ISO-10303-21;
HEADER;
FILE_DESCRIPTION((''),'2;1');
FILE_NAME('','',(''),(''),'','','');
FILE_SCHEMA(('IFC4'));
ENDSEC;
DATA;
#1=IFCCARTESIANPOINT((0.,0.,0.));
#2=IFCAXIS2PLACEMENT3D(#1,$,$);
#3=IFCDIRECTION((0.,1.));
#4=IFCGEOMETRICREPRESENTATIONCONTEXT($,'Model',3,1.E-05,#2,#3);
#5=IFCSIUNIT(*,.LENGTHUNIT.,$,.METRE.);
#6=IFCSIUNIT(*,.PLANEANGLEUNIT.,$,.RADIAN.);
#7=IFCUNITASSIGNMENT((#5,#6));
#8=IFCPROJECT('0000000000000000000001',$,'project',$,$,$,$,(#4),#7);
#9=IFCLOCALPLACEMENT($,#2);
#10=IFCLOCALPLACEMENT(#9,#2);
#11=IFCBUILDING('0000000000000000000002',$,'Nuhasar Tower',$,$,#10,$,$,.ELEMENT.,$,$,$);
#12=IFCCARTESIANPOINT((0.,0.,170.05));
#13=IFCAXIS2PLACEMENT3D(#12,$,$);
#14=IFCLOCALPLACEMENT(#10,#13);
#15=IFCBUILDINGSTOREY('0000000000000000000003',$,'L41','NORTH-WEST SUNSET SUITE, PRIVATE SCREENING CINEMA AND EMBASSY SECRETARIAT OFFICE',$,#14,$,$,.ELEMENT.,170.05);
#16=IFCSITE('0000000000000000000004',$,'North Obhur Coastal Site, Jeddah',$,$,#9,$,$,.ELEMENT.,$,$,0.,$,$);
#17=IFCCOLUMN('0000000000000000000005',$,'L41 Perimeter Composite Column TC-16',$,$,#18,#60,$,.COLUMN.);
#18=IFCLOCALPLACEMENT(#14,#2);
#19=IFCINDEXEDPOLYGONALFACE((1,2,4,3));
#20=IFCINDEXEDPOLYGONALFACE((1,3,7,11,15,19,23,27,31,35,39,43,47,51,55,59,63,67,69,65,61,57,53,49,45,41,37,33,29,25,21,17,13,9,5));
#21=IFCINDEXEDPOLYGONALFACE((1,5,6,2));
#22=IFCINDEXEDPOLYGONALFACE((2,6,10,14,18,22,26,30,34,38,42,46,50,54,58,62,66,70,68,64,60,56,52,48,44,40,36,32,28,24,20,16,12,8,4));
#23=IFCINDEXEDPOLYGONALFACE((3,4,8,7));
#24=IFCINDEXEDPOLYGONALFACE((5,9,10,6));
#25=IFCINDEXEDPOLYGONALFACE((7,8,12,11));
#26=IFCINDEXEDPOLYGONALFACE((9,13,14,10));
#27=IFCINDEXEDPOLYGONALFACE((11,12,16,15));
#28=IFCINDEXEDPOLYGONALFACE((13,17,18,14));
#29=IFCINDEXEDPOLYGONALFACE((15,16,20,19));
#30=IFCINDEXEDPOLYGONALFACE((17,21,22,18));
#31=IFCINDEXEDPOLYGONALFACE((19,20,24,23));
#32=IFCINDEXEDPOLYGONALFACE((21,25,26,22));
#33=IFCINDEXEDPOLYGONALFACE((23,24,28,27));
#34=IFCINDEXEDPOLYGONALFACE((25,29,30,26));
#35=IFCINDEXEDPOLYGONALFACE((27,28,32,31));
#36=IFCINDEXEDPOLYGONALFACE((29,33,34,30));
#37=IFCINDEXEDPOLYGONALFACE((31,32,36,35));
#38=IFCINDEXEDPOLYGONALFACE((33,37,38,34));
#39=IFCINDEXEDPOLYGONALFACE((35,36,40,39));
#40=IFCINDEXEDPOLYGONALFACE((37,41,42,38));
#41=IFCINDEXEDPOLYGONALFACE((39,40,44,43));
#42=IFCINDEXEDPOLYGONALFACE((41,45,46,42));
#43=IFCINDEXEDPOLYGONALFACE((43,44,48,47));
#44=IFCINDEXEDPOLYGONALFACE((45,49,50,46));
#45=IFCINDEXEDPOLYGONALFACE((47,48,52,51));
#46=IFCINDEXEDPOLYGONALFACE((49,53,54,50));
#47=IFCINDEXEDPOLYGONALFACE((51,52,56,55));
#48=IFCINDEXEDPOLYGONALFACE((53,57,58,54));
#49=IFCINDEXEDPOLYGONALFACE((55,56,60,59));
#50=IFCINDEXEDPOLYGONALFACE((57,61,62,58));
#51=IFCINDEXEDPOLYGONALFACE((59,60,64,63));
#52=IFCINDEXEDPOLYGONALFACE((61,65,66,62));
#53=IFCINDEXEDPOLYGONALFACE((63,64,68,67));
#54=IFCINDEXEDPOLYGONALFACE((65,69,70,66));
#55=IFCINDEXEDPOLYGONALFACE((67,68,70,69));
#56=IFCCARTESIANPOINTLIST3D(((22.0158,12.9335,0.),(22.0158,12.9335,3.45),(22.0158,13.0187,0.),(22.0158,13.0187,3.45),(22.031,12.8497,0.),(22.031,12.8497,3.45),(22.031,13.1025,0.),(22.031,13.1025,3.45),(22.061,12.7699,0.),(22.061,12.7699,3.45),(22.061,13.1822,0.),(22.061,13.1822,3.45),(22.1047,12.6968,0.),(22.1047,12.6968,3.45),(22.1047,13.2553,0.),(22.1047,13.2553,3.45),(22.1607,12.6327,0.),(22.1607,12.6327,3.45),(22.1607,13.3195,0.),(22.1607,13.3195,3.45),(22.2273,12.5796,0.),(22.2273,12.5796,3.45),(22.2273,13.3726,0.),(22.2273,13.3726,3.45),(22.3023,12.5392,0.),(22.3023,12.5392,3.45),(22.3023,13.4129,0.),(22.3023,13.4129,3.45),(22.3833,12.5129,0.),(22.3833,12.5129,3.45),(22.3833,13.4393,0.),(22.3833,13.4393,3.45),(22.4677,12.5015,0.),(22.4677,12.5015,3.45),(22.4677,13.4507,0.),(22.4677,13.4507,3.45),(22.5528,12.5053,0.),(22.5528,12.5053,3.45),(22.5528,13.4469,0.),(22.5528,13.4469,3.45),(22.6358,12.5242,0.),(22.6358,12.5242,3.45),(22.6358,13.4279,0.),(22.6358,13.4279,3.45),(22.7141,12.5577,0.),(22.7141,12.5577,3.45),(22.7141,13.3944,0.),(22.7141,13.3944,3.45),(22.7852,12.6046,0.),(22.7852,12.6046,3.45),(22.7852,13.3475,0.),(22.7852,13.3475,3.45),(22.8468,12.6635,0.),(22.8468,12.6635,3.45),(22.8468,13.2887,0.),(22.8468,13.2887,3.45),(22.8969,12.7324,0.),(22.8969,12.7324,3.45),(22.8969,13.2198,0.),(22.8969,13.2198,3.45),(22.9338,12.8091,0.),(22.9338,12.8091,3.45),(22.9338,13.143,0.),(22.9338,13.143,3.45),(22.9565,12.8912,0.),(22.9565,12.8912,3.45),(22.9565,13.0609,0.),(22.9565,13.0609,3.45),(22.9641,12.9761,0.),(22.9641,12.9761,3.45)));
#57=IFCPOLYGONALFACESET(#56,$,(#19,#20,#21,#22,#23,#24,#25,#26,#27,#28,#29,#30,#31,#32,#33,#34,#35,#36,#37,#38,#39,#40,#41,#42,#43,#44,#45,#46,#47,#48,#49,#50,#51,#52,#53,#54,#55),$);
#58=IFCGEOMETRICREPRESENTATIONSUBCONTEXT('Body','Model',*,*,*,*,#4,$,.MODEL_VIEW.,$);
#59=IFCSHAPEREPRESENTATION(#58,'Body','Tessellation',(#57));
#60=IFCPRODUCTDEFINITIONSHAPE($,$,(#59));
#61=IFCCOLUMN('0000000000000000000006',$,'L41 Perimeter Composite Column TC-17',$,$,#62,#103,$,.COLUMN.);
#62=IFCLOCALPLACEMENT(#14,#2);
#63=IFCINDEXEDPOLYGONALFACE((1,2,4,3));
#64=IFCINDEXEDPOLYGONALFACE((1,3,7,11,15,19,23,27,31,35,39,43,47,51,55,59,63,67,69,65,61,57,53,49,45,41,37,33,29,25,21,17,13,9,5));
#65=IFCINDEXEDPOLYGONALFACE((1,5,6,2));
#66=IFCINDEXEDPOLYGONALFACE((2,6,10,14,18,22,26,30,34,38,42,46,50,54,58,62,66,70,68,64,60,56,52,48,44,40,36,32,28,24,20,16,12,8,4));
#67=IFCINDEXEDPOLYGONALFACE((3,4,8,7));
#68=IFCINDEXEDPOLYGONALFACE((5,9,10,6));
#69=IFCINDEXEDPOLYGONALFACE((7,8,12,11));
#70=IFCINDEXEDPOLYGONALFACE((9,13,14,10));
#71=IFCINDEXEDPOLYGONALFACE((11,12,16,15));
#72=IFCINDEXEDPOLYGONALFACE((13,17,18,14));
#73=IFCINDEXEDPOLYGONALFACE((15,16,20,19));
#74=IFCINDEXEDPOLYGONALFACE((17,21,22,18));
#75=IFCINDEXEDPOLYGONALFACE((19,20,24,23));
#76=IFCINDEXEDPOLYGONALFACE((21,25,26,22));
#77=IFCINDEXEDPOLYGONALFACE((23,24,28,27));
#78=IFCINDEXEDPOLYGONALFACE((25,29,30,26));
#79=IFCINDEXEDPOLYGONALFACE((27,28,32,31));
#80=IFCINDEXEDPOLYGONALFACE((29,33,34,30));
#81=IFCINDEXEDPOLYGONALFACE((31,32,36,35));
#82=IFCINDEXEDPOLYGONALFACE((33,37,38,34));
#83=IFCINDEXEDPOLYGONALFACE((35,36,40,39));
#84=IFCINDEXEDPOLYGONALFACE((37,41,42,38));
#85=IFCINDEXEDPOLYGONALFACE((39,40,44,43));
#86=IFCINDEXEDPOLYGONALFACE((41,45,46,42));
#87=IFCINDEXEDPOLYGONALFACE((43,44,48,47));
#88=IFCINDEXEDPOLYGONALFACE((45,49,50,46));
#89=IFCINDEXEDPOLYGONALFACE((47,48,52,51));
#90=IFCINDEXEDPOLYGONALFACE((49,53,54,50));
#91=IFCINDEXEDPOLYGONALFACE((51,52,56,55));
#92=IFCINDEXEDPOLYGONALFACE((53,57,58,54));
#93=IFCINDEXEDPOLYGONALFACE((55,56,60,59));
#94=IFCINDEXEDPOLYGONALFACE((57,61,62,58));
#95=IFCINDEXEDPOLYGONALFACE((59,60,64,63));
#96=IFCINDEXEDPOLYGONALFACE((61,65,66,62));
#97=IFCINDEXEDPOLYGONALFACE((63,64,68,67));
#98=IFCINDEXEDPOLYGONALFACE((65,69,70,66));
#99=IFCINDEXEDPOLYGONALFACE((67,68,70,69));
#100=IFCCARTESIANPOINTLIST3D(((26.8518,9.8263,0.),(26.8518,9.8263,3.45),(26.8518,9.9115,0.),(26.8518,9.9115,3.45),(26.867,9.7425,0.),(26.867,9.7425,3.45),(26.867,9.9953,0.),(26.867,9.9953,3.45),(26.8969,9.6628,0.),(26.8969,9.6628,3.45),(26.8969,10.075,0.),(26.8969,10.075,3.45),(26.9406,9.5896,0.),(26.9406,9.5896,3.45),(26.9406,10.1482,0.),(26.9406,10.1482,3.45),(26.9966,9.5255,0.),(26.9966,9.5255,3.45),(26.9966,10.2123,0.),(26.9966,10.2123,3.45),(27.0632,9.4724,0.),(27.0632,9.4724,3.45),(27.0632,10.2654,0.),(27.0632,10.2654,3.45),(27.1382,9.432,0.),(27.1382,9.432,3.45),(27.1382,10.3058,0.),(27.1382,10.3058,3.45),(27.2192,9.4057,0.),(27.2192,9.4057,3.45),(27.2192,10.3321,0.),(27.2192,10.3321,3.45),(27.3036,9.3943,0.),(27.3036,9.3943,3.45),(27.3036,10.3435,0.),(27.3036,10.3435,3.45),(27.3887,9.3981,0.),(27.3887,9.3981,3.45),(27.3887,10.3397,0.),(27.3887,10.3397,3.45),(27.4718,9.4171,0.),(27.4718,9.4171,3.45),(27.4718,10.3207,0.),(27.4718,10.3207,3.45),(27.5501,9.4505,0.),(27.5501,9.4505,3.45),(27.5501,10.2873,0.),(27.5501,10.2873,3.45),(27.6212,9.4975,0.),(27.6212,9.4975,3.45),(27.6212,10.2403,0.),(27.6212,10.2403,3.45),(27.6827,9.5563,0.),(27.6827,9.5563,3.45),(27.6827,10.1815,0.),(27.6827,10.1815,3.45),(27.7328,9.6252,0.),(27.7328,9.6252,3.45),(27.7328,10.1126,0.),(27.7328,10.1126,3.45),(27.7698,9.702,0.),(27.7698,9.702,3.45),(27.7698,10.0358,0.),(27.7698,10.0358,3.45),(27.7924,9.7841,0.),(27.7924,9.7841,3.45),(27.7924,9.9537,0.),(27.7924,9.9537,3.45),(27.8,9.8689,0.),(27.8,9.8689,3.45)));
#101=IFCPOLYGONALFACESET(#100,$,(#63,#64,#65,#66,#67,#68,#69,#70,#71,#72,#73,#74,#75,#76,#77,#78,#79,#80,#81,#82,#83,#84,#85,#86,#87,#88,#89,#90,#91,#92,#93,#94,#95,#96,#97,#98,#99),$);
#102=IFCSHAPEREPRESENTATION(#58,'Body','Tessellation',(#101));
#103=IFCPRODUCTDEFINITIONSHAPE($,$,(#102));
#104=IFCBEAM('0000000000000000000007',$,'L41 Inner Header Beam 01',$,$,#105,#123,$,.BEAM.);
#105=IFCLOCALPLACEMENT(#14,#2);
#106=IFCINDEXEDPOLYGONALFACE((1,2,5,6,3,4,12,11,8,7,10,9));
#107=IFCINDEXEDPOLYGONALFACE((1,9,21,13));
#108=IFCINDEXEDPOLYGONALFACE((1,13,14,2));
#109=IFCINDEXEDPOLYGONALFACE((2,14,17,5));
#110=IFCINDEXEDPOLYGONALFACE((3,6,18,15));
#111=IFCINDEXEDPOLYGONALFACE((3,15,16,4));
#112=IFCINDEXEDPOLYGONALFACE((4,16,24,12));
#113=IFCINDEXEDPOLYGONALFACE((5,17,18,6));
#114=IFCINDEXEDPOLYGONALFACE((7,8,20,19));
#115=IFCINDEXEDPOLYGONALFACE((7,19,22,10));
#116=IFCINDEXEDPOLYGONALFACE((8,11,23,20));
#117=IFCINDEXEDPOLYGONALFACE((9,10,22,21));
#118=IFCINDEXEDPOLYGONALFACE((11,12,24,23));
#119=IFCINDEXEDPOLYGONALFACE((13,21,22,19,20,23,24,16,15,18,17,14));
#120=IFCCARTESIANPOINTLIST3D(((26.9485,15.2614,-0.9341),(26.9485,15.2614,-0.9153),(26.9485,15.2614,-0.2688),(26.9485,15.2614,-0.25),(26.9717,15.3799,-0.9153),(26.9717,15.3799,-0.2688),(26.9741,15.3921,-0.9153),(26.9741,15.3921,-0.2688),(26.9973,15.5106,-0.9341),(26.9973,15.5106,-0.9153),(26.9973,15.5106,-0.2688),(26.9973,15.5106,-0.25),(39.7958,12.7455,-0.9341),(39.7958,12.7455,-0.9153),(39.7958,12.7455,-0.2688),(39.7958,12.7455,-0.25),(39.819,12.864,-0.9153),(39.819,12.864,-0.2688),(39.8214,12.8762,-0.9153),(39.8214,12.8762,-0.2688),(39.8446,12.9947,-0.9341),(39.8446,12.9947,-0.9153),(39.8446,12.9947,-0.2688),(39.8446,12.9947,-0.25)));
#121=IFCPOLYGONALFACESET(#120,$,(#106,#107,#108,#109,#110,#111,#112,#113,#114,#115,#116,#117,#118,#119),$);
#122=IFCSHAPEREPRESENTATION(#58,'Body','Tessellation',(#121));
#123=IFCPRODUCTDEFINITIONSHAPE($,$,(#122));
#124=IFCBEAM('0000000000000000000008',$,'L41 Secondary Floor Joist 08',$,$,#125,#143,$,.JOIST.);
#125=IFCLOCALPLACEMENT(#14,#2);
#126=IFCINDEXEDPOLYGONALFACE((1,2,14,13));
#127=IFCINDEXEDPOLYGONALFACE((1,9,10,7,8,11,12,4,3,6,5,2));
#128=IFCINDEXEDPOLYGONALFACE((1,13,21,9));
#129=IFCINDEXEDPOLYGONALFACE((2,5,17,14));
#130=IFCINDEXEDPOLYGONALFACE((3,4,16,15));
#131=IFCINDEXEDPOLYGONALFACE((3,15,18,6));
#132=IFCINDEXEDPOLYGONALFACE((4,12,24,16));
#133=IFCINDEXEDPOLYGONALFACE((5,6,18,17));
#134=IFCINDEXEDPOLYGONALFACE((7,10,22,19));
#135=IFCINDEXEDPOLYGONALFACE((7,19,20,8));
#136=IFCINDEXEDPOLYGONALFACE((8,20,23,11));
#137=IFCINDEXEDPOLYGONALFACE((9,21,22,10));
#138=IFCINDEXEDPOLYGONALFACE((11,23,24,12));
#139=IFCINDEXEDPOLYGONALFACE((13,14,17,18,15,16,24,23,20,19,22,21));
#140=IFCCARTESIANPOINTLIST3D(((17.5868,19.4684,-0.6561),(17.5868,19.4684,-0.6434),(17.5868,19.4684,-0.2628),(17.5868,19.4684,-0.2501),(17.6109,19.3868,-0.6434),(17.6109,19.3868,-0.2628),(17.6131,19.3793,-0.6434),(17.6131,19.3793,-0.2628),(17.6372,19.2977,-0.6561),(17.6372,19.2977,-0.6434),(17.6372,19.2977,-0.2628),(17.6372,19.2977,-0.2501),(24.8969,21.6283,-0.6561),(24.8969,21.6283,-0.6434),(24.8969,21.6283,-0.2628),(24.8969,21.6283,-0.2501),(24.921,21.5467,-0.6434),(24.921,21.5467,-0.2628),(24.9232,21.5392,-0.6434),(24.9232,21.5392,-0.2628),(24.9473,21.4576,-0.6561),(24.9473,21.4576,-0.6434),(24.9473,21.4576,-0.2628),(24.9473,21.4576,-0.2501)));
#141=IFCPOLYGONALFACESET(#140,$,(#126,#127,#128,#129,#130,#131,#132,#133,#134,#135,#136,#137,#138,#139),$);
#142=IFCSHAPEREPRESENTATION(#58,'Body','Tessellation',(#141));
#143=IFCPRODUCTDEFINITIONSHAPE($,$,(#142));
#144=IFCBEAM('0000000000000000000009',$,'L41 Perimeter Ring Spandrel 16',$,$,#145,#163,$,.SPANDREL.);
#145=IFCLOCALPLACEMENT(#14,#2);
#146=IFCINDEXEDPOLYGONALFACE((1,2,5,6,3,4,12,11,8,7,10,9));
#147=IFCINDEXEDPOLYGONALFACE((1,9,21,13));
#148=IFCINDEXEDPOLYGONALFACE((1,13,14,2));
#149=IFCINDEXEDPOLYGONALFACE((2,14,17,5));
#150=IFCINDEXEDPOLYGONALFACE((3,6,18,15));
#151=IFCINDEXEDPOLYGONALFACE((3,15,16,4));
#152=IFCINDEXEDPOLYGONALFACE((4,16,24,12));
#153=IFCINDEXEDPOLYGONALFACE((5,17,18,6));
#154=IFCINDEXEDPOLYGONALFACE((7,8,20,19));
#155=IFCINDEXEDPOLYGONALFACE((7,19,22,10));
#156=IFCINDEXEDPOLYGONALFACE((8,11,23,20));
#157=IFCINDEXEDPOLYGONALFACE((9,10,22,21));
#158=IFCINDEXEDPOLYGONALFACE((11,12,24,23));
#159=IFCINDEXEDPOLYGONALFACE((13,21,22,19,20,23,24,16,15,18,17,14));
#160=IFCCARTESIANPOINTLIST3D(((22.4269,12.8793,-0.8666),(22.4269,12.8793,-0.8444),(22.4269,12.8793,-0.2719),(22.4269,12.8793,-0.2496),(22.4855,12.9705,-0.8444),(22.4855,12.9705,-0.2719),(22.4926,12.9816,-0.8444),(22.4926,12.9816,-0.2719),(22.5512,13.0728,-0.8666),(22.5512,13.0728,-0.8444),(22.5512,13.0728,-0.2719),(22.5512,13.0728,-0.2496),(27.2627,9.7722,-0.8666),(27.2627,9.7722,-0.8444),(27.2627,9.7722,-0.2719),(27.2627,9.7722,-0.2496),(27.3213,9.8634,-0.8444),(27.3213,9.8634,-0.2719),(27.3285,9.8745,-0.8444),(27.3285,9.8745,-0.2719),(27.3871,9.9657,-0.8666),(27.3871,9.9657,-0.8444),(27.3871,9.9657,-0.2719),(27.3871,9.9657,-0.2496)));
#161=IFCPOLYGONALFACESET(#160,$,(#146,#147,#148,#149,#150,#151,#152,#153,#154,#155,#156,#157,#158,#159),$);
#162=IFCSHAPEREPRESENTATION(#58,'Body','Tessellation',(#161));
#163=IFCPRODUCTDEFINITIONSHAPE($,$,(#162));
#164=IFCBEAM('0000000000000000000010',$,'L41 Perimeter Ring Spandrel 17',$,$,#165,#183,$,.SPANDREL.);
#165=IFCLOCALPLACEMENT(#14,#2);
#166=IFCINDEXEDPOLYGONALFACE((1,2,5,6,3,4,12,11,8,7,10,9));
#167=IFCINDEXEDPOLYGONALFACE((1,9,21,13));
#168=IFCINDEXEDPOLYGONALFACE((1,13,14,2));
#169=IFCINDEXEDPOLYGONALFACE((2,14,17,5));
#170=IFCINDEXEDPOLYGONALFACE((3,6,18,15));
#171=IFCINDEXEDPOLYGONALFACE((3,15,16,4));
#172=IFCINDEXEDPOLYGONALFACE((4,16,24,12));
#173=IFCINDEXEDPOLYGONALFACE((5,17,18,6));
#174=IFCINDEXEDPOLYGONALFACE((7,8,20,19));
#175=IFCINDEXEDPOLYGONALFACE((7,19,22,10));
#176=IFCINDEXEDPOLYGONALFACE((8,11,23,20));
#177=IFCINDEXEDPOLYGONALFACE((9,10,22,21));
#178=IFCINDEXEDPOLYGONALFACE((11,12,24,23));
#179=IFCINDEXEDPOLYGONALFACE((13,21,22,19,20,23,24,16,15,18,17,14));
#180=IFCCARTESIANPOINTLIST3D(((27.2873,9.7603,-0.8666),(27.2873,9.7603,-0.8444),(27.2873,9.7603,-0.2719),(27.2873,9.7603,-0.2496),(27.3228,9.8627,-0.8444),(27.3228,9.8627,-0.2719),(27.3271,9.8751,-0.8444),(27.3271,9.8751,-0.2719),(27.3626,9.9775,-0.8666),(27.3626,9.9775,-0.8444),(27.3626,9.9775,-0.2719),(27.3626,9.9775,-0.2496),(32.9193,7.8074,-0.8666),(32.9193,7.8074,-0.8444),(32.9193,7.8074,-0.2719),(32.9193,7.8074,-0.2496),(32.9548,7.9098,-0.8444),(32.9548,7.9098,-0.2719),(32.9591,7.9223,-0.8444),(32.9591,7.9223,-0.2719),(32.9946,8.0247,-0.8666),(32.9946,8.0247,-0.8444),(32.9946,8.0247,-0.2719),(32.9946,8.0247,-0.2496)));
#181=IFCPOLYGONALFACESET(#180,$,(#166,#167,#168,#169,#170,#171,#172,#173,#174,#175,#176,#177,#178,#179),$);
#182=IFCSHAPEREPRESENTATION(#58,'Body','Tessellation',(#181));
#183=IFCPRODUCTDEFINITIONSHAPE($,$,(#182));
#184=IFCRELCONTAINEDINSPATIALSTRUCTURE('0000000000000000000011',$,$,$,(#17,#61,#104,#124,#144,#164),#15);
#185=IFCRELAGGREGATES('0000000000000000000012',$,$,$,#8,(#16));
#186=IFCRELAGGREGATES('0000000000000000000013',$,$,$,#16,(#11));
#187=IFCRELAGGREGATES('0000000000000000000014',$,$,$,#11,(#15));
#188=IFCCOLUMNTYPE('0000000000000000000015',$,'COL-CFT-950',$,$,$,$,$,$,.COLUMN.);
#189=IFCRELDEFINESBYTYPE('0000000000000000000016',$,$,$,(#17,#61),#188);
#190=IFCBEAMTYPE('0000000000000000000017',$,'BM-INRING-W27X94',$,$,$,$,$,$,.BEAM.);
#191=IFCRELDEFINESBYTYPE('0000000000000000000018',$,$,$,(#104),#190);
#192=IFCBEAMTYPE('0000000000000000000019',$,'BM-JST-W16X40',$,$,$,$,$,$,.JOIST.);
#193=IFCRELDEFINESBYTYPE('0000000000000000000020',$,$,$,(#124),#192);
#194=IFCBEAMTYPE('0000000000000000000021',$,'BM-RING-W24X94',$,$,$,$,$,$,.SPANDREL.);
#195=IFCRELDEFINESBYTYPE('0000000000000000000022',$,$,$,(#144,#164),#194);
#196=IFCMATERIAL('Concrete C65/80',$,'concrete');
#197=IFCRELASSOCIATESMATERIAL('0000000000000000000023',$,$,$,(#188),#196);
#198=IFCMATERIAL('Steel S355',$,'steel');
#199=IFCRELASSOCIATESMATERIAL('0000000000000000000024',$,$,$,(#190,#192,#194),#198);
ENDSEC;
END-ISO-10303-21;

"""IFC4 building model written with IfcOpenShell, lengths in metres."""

from ifc_helpers import new_model, si_unit, direction, frame, origin, origin_2d, place, context, subcontext, project, spatial, circle, i_section, extrude, material, material_profile, profile_set, type_object, element, save


model = new_model("IFC4")

# Units and contexts
model_context = context("Model", 3, precision=1e-05, world=origin(), true_north=direction((0.0, 1.0)))
body_context = subcontext(model_context, "Body", "Model", "MODEL_VIEW")
ifc_project = project(units=[si_unit("LENGTHUNIT", "METRE"), si_unit("PLANEANGLEUNIT", "RADIAN")], contexts=[model_context])

# Site, building, storey
site_placement = place(None, origin())
site = spatial("IfcSite", under=ifc_project, at=site_placement, Name="North Obhur Coastal Site, Jeddah", CompositionType="ELEMENT", RefElevation=0.0)
building_placement = place(site_placement, origin())
building = spatial("IfcBuilding", under=site, at=building_placement, Name="Nuhasar Tower", CompositionType="ELEMENT")
storey_placement = place(building_placement, frame((0.0, 0.0, 170.05)))
storey = spatial("IfcBuildingStorey", under=building, at=storey_placement, Name="L41", Description="NORTH-WEST SUNSET SUITE, PRIVATE SCREENING CINEMA AND EMBASSY SECRETARIAT OFFICE", CompositionType="ELEMENT", Elevation=170.05)

# Columns
ifc_material_1 = material(Name="Concrete C65/80", Category="concrete")
ifc_material_profile_1 = material_profile(ifc_material_1, circle(Radius=0.4751, at=origin_2d()), Name="CFT950")
ifc_profile_set_1 = profile_set([ifc_material_profile_1], Name="Concrete C65/80")
column_type = type_object("IfcColumnType", Name="COL-CFT-950", PredefinedType="COLUMN", material=ifc_profile_set_1)
for number, where, z_axis, x_axis, name in (
    (1, (22.489, 12.9761, 0.0), (0.0, 0.0, 1.0), (1.0, 0.0, 0.0), "L41 Perimeter Composite Column TC-16"),
    (2, (27.325, 9.8689, 0.0), (0.0, 0.0, 1.0), (1.0, 0.0, 0.0), "L41 Perimeter Composite Column TC-17"),
):
    element("IfcColumn", number, at=place(storey_placement, frame(where, z_axis=z_axis, x_axis=x_axis)), inside=storey, type_object=column_type, Name=name, PredefinedType="COLUMN", context=body_context, shape_type="SweptSolid", body=[
        extrude(circle(Radius=0.4751, at=origin_2d()), origin(), (0.0, 0.0, 1.0), 3.45),
    ])

# Beams
ifc_material_2 = material(Name="Steel S355", Category="steel")
ifc_material_profile_2 = material_profile(ifc_material_2, i_section(OverallWidth=0.2539, OverallDepth=0.6841, WebThickness=0.0125, FlangeThickness=0.0188, at=origin_2d()), Name="W27X94")
ifc_profile_set_2 = profile_set([ifc_material_profile_2], Name="Steel S355")
beam_type_1 = type_object("IfcBeamType", Name="BM-INRING-W27X94", PredefinedType="BEAM", material=ifc_profile_set_2)
beam_1_placement = place(storey_placement, frame((26.9729, 15.386, -0.592), z_axis=(0.98136, -0.19218, 0.0), x_axis=(0.19218, 0.98136, 0.0)))
element("IfcBeam", 3, at=beam_1_placement, inside=storey, type_object=beam_type_1, Name="L41 Inner Header Beam 01", PredefinedType="BEAM", context=body_context, shape_type="SweptSolid", body=[
    extrude(i_section(OverallWidth=0.2539, OverallDepth=0.6841, WebThickness=0.0125, FlangeThickness=0.0188, at=origin_2d()), origin(), (0.0, 0.0, 1.0), 13.0913),
])
ifc_material_profile_3 = material_profile(ifc_material_2, i_section(OverallWidth=0.178, OverallDepth=0.406, WebThickness=0.0078, FlangeThickness=0.0127, at=origin_2d()), Name="W16X40")
ifc_profile_set_3 = profile_set([ifc_material_profile_3], Name="Steel S355")
beam_type_2 = type_object("IfcBeamType", Name="BM-JST-W16X40", PredefinedType="JOIST", material=ifc_profile_set_3)
beam_2_placement = place(storey_placement, frame((24.9221, 21.543, -0.4531), z_axis=(-0.959013, -0.283361, 0.0), x_axis=(0.283361, -0.959013, 0.0)))
element("IfcBeam", 4, at=beam_2_placement, inside=storey, type_object=beam_type_2, Name="L41 Secondary Floor Joist 08", PredefinedType="JOIST", context=body_context, shape_type="SweptSolid", body=[
    extrude(i_section(OverallWidth=0.178, OverallDepth=0.406, WebThickness=0.0078, FlangeThickness=0.0127, at=origin_2d()), origin(), (0.0, 0.0, 1.0), 7.6226),
])
ifc_material_profile_4 = material_profile(ifc_material_2, i_section(OverallWidth=0.23, OverallDepth=0.6169, WebThickness=0.0132, FlangeThickness=0.0222, at=origin_2d()), Name="W24X94")
ifc_profile_set_4 = profile_set([ifc_material_profile_4], Name="Steel S355")
beam_type_3 = type_object("IfcBeamType", Name="BM-RING-W24X94", PredefinedType="SPANDREL", material=ifc_profile_set_4)
beam_3_placement = place(storey_placement, frame((22.489, 12.9761, -0.5581), z_axis=(0.841308, -0.540556, 0.0), x_axis=(0.540556, 0.841308, 0.0)))
element("IfcBeam", 5, at=beam_3_placement, inside=storey, type_object=beam_type_3, Name="L41 Perimeter Ring Spandrel 16", PredefinedType="SPANDREL", context=body_context, shape_type="SweptSolid", body=[
    extrude(i_section(OverallWidth=0.23, OverallDepth=0.6169, WebThickness=0.0132, FlangeThickness=0.0222, at=origin_2d()), origin(), (0.0, 0.0, 1.0), 5.748),
])
beam_4_placement = place(storey_placement, frame((27.325, 9.8689, -0.5581), z_axis=(0.944814, -0.327607, 0.0), x_axis=(0.327607, 0.944814, 0.0)))
element("IfcBeam", 6, at=beam_4_placement, inside=storey, type_object=beam_type_3, Name="L41 Perimeter Ring Spandrel 17", PredefinedType="SPANDREL", context=body_context, shape_type="SweptSolid", body=[
    extrude(i_section(OverallWidth=0.23, OverallDepth=0.6169, WebThickness=0.0132, FlangeThickness=0.0222, at=origin_2d()), origin(), (0.0, 0.0, 1.0), 5.9609),
])

save(model, "model.ifc")
